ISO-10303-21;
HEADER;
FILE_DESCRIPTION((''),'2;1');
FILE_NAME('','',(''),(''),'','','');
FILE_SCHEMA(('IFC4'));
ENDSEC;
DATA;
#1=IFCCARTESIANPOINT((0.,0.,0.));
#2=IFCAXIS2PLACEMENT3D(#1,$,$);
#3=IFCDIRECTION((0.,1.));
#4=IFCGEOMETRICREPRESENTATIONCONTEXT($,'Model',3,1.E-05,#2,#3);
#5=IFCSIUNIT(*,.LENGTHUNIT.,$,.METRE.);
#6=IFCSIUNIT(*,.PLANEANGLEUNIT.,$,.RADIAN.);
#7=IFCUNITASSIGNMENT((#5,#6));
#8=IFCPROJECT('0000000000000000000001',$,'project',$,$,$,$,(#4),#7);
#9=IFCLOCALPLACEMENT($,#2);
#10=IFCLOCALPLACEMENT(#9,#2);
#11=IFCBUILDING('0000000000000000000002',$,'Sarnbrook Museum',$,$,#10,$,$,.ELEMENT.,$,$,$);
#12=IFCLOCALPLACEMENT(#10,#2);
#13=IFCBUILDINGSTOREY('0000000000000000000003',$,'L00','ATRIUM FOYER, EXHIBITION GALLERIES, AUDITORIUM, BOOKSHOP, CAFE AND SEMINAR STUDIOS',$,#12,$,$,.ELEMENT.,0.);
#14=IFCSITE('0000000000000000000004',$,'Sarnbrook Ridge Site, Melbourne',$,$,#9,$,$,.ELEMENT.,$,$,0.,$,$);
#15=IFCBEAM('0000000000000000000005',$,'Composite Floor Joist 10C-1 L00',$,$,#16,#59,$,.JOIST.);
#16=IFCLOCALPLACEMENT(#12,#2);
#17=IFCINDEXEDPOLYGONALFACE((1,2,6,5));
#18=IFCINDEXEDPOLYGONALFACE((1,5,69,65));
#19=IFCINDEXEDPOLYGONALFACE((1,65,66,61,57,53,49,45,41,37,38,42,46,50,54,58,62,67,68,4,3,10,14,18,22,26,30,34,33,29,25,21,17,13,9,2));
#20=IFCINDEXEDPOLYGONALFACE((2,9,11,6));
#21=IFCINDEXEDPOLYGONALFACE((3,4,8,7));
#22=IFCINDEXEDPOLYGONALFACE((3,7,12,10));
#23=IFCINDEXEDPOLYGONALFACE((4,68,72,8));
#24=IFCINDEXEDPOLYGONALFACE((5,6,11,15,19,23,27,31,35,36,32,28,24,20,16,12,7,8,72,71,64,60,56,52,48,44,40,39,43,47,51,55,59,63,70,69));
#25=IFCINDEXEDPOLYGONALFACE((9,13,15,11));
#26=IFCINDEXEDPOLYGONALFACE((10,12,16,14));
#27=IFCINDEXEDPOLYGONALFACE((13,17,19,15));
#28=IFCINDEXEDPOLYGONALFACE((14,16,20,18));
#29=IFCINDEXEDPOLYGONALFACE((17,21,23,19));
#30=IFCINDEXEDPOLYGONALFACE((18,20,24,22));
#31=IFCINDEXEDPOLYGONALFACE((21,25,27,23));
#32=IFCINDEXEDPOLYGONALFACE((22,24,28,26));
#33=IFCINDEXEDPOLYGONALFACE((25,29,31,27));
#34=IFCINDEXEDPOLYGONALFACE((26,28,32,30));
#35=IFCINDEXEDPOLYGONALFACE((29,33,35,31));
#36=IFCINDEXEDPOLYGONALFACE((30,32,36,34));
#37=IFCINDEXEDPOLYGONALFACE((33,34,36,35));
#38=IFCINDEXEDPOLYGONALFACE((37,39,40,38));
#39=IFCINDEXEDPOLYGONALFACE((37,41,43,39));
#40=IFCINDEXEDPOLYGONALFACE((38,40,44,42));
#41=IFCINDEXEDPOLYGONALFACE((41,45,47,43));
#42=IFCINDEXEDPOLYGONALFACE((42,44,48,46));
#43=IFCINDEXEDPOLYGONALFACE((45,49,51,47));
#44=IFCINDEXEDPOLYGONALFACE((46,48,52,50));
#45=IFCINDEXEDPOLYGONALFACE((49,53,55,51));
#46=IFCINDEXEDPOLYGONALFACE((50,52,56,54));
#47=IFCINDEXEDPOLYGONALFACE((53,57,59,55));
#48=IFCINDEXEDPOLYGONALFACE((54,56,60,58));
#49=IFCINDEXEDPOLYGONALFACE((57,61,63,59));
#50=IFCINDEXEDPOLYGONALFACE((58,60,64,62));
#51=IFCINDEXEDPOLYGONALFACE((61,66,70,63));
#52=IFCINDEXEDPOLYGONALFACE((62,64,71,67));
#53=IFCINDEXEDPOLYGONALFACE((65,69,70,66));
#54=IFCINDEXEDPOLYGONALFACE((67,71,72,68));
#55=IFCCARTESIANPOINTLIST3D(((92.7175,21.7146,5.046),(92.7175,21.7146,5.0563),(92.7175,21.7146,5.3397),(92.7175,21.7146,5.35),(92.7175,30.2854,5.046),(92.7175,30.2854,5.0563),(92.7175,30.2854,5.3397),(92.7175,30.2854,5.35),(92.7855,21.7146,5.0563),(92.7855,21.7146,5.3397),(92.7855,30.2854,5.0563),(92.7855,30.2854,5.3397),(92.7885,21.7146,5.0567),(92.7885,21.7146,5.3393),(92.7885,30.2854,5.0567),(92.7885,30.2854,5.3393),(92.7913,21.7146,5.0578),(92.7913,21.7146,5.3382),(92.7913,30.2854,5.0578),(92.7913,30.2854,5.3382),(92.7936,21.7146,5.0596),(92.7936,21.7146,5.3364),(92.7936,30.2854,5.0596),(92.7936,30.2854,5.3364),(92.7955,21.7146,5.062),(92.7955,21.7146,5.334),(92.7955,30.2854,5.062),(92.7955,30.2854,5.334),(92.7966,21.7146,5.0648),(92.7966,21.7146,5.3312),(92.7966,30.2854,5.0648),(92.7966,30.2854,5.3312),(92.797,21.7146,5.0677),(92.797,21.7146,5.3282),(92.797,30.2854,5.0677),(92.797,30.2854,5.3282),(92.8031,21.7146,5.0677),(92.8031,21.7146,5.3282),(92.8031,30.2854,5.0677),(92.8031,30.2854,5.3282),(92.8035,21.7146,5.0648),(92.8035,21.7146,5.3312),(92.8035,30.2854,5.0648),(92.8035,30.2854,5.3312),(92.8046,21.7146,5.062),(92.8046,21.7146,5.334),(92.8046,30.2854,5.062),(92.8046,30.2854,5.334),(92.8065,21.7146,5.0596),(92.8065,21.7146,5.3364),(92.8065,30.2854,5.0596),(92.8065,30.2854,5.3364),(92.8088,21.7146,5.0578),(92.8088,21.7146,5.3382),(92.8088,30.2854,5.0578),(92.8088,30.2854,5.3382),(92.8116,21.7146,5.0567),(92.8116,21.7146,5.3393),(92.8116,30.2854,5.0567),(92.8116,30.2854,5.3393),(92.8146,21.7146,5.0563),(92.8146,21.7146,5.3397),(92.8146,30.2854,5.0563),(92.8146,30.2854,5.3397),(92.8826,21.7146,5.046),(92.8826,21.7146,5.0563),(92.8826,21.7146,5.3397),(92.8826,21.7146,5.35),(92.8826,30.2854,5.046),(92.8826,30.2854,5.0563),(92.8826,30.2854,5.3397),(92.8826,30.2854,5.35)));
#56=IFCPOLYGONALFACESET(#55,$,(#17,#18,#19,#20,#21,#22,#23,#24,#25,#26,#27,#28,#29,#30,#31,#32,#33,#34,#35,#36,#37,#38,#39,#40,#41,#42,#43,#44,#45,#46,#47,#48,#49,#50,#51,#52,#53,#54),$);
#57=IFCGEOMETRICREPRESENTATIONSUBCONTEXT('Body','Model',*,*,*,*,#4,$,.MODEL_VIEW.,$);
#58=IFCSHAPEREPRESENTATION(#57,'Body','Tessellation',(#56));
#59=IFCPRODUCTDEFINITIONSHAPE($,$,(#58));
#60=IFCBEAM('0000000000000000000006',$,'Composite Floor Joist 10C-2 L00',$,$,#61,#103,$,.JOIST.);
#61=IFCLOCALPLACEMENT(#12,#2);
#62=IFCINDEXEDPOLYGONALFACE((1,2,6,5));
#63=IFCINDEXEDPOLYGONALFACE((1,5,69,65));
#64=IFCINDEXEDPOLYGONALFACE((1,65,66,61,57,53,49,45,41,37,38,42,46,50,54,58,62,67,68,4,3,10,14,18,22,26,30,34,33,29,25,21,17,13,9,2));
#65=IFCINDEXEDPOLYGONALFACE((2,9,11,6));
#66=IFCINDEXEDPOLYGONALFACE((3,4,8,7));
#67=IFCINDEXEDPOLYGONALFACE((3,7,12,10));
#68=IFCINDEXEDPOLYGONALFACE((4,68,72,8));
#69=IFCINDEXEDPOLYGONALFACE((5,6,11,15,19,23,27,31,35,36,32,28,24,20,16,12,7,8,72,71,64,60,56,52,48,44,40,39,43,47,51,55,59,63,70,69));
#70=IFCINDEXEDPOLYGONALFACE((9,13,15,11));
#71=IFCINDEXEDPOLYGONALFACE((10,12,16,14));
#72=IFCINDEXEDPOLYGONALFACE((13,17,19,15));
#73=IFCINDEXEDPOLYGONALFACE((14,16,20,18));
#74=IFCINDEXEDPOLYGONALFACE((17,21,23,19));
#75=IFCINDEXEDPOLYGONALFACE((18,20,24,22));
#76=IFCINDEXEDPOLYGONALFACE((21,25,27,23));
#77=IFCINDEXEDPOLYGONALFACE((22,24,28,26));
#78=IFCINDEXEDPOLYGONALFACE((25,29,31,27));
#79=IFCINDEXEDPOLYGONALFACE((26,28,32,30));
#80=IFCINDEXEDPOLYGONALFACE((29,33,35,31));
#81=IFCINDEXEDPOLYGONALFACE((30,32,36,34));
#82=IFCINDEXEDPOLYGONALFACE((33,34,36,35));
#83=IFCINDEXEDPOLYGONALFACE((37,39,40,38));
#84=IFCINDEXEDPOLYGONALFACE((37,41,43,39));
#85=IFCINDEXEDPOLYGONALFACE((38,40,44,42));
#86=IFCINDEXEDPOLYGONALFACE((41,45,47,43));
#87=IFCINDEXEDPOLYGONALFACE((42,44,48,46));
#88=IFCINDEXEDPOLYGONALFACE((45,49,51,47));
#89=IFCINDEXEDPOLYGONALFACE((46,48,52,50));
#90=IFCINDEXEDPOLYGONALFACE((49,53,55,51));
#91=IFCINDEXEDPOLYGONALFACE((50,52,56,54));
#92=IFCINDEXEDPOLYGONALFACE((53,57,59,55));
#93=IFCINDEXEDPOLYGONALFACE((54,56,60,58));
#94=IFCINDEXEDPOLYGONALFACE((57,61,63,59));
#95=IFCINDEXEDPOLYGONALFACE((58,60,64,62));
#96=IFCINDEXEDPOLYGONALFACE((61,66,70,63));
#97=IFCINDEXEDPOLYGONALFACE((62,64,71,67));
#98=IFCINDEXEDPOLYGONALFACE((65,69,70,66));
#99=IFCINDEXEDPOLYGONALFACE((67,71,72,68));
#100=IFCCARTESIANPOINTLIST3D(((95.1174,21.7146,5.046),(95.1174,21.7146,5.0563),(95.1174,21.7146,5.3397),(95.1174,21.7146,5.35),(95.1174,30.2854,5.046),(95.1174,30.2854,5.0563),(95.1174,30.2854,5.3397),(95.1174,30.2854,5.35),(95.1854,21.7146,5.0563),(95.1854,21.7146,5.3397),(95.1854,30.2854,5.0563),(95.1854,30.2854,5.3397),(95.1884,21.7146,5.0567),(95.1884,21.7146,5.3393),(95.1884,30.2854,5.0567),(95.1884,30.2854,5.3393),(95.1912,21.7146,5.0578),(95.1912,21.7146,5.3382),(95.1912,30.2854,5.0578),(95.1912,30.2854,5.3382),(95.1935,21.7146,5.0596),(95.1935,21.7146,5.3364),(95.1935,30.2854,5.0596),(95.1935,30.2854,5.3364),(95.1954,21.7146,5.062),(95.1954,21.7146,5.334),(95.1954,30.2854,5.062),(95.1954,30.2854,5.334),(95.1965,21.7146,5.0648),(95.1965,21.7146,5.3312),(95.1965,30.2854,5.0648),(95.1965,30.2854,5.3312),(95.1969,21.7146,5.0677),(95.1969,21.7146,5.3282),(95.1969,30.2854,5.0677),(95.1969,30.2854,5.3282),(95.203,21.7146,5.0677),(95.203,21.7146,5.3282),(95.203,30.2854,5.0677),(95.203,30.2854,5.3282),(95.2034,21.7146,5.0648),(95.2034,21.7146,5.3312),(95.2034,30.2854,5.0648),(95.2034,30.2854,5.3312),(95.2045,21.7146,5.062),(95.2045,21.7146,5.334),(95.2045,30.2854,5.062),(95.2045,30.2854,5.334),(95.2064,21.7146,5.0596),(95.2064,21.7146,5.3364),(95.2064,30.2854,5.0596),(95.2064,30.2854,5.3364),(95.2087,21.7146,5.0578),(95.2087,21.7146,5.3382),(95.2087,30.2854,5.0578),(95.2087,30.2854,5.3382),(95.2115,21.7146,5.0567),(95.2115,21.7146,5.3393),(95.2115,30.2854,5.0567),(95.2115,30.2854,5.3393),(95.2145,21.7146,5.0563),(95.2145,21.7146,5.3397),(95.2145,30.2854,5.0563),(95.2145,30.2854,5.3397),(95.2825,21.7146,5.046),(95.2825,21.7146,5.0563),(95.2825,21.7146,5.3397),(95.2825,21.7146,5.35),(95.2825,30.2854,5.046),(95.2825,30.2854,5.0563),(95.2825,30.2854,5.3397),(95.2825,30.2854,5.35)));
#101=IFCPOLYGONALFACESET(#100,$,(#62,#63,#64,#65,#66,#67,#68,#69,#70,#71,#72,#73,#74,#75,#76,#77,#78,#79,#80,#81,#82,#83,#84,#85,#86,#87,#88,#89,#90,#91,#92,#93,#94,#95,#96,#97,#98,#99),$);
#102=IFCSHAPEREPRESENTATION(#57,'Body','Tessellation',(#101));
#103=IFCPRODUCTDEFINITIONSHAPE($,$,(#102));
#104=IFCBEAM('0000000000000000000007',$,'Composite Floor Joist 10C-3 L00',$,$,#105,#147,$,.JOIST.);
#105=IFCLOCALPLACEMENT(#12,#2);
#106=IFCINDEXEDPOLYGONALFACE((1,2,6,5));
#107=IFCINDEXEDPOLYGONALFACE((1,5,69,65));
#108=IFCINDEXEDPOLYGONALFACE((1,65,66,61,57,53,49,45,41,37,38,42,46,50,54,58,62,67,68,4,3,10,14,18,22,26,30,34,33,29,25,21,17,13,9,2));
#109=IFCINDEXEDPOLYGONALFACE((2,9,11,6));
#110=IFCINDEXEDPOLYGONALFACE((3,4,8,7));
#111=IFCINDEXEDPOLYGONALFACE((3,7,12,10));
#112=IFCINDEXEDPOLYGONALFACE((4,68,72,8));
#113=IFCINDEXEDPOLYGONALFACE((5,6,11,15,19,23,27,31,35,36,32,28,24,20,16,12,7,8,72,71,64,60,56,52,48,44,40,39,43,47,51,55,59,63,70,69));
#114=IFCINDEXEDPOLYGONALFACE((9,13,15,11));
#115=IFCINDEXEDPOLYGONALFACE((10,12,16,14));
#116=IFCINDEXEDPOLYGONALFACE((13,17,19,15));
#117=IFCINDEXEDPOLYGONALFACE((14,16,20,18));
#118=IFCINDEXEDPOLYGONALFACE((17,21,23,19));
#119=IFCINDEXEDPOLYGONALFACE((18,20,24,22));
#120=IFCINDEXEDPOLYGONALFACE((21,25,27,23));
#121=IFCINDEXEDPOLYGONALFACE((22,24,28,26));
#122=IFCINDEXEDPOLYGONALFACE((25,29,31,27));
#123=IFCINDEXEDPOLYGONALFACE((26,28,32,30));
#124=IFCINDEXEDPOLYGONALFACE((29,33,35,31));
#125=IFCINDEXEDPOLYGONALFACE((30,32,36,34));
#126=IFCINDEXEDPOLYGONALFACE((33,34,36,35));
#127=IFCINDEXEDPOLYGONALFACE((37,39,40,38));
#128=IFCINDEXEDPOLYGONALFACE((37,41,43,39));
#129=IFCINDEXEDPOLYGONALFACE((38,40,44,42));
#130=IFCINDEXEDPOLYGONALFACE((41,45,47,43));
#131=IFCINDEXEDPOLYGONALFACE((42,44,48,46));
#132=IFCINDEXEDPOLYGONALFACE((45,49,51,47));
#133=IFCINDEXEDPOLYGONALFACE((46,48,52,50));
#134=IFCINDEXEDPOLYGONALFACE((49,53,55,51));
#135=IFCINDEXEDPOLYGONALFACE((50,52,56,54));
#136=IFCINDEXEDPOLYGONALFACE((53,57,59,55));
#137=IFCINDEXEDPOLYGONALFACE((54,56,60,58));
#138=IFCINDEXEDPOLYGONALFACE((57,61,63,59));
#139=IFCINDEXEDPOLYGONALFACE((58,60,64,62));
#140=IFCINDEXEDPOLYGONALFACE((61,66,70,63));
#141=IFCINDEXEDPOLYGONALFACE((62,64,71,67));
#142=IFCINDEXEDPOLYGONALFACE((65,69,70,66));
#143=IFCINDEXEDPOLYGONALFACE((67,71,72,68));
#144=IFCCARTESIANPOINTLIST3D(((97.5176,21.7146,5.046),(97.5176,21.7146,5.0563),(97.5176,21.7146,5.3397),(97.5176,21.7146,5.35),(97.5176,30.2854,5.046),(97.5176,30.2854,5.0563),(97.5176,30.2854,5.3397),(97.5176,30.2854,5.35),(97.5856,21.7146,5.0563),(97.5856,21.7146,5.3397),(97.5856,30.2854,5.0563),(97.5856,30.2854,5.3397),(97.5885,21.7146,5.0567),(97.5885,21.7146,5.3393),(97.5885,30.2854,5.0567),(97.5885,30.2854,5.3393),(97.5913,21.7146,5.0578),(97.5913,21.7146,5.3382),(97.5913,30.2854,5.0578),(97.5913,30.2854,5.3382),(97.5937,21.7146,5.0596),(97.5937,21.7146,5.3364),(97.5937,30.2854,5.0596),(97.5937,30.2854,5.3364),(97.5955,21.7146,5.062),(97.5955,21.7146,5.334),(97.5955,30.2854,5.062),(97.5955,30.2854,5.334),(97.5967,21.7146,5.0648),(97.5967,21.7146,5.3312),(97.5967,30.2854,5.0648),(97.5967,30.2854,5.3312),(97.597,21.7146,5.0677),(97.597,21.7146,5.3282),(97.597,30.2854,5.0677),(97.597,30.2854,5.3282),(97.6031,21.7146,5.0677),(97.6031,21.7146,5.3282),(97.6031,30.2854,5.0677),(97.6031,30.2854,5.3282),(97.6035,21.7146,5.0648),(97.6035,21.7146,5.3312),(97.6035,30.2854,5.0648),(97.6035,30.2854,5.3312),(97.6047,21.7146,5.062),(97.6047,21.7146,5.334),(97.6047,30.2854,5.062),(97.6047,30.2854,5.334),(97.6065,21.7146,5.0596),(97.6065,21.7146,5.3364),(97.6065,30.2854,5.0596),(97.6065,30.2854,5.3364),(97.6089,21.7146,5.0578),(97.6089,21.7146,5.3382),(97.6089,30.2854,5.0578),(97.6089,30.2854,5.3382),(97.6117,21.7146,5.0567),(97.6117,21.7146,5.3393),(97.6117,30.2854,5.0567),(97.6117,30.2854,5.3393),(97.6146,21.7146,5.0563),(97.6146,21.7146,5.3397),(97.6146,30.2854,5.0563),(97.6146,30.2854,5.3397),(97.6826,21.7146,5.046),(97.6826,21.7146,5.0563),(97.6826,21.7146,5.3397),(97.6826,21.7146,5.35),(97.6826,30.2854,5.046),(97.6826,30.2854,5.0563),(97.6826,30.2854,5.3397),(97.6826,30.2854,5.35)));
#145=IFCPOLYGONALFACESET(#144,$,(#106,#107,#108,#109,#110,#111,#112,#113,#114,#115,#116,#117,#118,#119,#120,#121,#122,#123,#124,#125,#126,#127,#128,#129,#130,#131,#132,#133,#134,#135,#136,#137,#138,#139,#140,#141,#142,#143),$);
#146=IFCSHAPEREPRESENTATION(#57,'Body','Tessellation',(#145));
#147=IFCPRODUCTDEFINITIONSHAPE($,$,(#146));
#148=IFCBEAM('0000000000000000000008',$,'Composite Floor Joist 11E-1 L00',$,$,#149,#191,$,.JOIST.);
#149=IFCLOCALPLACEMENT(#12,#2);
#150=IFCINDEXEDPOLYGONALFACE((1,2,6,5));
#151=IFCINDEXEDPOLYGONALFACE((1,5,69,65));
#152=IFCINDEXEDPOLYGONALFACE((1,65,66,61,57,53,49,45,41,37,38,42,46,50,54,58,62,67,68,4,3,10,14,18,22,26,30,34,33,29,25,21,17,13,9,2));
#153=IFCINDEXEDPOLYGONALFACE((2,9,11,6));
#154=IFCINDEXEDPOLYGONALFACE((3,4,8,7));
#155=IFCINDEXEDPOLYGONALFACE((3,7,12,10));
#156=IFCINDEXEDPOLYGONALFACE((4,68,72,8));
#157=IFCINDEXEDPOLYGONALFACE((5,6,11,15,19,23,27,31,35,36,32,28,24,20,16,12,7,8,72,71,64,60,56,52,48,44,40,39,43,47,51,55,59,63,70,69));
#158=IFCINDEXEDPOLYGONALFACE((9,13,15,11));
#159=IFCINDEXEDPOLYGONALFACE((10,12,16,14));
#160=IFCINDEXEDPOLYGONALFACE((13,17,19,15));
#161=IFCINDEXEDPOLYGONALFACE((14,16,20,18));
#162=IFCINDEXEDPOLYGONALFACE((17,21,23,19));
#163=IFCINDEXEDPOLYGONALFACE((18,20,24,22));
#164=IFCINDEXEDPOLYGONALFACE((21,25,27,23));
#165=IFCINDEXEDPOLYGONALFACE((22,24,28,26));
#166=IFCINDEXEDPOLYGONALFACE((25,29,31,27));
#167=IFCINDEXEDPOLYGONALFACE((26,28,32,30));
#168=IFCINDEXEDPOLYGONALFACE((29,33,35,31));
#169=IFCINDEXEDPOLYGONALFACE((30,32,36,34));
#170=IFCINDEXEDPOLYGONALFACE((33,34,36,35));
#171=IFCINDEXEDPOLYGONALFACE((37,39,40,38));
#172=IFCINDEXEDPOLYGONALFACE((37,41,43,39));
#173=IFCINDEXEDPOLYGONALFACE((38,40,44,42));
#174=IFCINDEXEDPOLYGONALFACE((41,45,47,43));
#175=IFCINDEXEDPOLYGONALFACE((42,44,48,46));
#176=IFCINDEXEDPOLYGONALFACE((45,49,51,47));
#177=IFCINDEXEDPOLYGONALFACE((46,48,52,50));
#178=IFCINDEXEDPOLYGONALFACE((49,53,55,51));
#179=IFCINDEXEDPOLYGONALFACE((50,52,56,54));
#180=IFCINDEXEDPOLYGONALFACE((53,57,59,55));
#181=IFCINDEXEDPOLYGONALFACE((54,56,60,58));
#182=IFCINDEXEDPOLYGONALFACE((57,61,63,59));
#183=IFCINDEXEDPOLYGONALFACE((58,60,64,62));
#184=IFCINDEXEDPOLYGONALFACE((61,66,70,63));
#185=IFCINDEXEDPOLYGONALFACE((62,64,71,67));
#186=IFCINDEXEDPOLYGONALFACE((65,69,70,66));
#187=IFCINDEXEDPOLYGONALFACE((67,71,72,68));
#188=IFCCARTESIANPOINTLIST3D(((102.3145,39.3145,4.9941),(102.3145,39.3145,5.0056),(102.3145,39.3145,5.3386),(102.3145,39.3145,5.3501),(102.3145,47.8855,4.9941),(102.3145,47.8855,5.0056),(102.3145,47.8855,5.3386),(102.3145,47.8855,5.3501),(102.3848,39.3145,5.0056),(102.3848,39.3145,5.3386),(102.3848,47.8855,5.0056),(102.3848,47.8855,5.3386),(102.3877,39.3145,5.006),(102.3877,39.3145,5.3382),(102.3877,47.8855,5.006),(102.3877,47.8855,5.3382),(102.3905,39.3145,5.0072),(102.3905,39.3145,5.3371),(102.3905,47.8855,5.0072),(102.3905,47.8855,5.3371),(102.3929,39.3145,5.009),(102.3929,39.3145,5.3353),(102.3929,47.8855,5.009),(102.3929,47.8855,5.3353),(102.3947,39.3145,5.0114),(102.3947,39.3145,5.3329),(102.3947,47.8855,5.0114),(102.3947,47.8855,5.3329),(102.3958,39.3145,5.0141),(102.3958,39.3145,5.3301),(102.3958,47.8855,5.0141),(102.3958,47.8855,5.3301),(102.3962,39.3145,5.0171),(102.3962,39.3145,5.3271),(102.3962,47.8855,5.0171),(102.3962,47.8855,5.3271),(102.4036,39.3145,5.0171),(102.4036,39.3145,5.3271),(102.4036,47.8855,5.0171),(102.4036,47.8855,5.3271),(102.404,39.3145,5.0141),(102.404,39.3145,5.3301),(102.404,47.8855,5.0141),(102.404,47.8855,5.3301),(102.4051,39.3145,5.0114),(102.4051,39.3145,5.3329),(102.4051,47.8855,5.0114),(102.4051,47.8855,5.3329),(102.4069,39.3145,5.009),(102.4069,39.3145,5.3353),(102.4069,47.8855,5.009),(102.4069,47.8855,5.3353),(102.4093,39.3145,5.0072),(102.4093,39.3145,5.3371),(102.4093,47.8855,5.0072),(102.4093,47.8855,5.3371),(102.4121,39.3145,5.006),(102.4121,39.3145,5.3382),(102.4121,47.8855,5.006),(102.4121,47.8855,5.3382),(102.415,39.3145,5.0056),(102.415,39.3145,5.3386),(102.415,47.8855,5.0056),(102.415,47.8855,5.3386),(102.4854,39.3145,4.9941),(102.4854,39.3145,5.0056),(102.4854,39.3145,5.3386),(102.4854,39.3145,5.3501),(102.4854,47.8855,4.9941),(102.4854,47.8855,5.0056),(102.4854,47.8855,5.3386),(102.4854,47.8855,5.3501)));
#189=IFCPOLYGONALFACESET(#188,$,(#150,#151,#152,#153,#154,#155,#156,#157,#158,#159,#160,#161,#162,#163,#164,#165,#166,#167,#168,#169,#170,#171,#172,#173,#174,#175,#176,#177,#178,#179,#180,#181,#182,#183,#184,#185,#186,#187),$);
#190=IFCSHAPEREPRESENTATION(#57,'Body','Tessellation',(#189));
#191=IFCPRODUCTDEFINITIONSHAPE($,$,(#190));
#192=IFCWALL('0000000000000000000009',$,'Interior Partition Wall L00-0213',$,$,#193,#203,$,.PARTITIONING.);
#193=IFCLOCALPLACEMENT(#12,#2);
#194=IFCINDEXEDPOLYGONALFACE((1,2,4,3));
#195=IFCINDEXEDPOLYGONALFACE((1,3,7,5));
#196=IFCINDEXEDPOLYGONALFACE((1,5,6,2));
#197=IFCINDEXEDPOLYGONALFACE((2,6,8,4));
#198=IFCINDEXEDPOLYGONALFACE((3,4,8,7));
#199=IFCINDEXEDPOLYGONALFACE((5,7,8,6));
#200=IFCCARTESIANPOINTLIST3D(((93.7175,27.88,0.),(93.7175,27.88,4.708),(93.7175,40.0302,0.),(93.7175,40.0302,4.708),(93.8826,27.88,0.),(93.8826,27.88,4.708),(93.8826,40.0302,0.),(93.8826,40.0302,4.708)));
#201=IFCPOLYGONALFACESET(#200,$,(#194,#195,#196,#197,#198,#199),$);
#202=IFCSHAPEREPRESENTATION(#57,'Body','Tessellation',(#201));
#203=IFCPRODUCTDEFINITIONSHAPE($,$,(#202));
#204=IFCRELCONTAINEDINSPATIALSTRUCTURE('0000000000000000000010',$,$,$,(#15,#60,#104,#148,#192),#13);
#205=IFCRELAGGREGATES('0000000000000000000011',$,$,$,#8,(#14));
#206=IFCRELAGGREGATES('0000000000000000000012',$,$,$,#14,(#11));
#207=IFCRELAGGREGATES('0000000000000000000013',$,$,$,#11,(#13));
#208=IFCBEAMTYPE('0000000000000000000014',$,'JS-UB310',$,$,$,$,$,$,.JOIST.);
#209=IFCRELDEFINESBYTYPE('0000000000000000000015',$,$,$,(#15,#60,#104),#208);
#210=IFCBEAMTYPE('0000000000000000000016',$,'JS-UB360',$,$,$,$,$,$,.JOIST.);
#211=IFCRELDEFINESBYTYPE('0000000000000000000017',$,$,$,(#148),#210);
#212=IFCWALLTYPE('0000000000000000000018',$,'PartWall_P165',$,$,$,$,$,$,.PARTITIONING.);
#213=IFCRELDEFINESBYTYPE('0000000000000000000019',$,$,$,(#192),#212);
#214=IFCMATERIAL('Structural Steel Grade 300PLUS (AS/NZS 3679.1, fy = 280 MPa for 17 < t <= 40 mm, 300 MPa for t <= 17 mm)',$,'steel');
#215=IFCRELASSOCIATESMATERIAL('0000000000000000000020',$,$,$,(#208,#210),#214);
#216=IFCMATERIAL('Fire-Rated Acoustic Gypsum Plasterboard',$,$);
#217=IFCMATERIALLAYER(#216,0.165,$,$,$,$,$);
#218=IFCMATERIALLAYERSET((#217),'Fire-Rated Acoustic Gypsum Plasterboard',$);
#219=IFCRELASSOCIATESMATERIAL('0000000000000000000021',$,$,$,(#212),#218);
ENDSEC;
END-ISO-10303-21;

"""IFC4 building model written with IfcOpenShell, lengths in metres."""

from ifc_helpers import new_model, si_unit, direction, frame, frame_2d, origin, origin_2d, place, context, subcontext, project, spatial, rectangle, i_section, extrude, material, layer, layer_set, material_profile, profile_set, type_object, element, save


model = new_model("IFC4")

# Units and contexts
model_context = context("Model", 3, precision=1e-05, world=origin(), true_north=direction((0.0, 1.0)))
body_context = subcontext(model_context, "Body", "Model", "MODEL_VIEW")
ifc_project = project(units=[si_unit("LENGTHUNIT", "METRE"), si_unit("PLANEANGLEUNIT", "RADIAN")], contexts=[model_context])

# Site, building, storey
site_placement = place(None, origin())
site = spatial("IfcSite", under=ifc_project, at=site_placement, Name="Sarnbrook Ridge Site, Melbourne", CompositionType="ELEMENT", RefElevation=0.0)
building_placement = place(site_placement, origin())
building = spatial("IfcBuilding", under=site, at=building_placement, Name="Sarnbrook Museum", CompositionType="ELEMENT")
storey_placement = place(building_placement, origin())
storey = spatial("IfcBuildingStorey", under=building, at=storey_placement, Name="L00", Description="ATRIUM FOYER, EXHIBITION GALLERIES, AUDITORIUM, BOOKSHOP, CAFE AND SEMINAR STUDIOS", CompositionType="ELEMENT", Elevation=0.0)

# Shared definitions
ifc_material_1 = material(Name="Structural Steel Grade 300PLUS (AS/NZS 3679.1, fy = 280 MPa for 17 < t <= 40 mm, 300 MPa for t <= 17 mm)", Category="steel")

# Beams
ifc_material_profile_1 = material_profile(ifc_material_1, i_section(OverallWidth=0.165, OverallDepth=0.304, WebThickness=0.0061, FlangeThickness=0.0103, FilletRadius=0.0115, at=origin_2d()), Name="310UB40.4")
ifc_profile_set_1 = profile_set([ifc_material_profile_1], Name="Structural Steel Grade 300PLUS (AS/NZS 3679.1, fy = 280 MPa for 17 < t <= 40 mm, 300 MPa for t <= 17 mm)")
beam_type_1 = type_object("IfcBeamType", Name="JS-UB310", PredefinedType="JOIST", material=ifc_profile_set_1)
for number, where, z_axis, x_axis, name in (
    (1, (92.8, 21.7146, 5.198), (0.0, 1.0, 0.0), (-1.0, 0.0, 0.0), "Composite Floor Joist 10C-1 L00"),
    (2, (95.2, 21.7146, 5.198), (0.0, 1.0, 0.0), (-1.0, 0.0, 0.0), "Composite Floor Joist 10C-2 L00"),
    (3, (97.6001, 21.7146, 5.198), (0.0, 1.0, 0.0), (-1.0, 0.0, 0.0), "Composite Floor Joist 10C-3 L00"),
):
    element("IfcBeam", number, at=place(storey_placement, frame(where, z_axis=z_axis, x_axis=x_axis)), inside=storey, type_object=beam_type_1, Name=name, PredefinedType="JOIST", context=body_context, shape_type="SweptSolid", body=[
        extrude(i_section(OverallWidth=0.165, OverallDepth=0.304, WebThickness=0.0061, FlangeThickness=0.0103, FilletRadius=0.0115, at=origin_2d()), origin(), (0.0, 0.0, 1.0), 8.5708),
    ])
ifc_material_profile_2 = material_profile(ifc_material_1, i_section(OverallWidth=0.1709, OverallDepth=0.356, WebThickness=0.0073, FlangeThickness=0.0115, FilletRadius=0.0115, at=origin_2d()), Name="360UB50.7")
ifc_profile_set_2 = profile_set([ifc_material_profile_2], Name="Structural Steel Grade 300PLUS (AS/NZS 3679.1, fy = 280 MPa for 17 < t <= 40 mm, 300 MPa for t <= 17 mm)")
beam_type_2 = type_object("IfcBeamType", Name="JS-UB360", PredefinedType="JOIST", material=ifc_profile_set_2)
beam_1_placement = place(storey_placement, frame((102.3999, 39.3145, 5.1721), z_axis=(0.0, 1.0, 0.0), x_axis=(-1.0, 0.0, 0.0)))
element("IfcBeam", 4, at=beam_1_placement, inside=storey, type_object=beam_type_2, Name="Composite Floor Joist 11E-1 L00", PredefinedType="JOIST", context=body_context, shape_type="SweptSolid", body=[
    extrude(i_section(OverallWidth=0.1709, OverallDepth=0.356, WebThickness=0.0073, FlangeThickness=0.0115, FilletRadius=0.0115, at=origin_2d()), origin(), (0.0, 0.0, 1.0), 8.571),
])

# Wall
ifc_material_2 = material(Name="Fire-Rated Acoustic Gypsum Plasterboard")
ifc_layer_1 = layer(ifc_material_2, 0.165)
ifc_layer_set_1 = layer_set([ifc_layer_1], Name="Fire-Rated Acoustic Gypsum Plasterboard")
wall_type = type_object("IfcWallType", Name="PartWall_P165", PredefinedType="PARTITIONING", material=ifc_layer_set_1)
wall_placement = place(storey_placement, frame((93.8, 27.8799, 0.0), z_axis=(0.0, 0.0, 1.0), x_axis=(0.0, 1.0, 0.0)))
element("IfcWall", 5, at=wall_placement, inside=storey, type_object=wall_type, Name="Interior Partition Wall L00-0213", PredefinedType="PARTITIONING", context=body_context, shape_type="SweptSolid", body=[
    extrude(rectangle(XDim=12.1501, YDim=0.165, at=frame_2d((6.0752, 0.0))), origin(), (0.0, 0.0, 1.0), 4.708),
])

save(model, "model.ifc")
